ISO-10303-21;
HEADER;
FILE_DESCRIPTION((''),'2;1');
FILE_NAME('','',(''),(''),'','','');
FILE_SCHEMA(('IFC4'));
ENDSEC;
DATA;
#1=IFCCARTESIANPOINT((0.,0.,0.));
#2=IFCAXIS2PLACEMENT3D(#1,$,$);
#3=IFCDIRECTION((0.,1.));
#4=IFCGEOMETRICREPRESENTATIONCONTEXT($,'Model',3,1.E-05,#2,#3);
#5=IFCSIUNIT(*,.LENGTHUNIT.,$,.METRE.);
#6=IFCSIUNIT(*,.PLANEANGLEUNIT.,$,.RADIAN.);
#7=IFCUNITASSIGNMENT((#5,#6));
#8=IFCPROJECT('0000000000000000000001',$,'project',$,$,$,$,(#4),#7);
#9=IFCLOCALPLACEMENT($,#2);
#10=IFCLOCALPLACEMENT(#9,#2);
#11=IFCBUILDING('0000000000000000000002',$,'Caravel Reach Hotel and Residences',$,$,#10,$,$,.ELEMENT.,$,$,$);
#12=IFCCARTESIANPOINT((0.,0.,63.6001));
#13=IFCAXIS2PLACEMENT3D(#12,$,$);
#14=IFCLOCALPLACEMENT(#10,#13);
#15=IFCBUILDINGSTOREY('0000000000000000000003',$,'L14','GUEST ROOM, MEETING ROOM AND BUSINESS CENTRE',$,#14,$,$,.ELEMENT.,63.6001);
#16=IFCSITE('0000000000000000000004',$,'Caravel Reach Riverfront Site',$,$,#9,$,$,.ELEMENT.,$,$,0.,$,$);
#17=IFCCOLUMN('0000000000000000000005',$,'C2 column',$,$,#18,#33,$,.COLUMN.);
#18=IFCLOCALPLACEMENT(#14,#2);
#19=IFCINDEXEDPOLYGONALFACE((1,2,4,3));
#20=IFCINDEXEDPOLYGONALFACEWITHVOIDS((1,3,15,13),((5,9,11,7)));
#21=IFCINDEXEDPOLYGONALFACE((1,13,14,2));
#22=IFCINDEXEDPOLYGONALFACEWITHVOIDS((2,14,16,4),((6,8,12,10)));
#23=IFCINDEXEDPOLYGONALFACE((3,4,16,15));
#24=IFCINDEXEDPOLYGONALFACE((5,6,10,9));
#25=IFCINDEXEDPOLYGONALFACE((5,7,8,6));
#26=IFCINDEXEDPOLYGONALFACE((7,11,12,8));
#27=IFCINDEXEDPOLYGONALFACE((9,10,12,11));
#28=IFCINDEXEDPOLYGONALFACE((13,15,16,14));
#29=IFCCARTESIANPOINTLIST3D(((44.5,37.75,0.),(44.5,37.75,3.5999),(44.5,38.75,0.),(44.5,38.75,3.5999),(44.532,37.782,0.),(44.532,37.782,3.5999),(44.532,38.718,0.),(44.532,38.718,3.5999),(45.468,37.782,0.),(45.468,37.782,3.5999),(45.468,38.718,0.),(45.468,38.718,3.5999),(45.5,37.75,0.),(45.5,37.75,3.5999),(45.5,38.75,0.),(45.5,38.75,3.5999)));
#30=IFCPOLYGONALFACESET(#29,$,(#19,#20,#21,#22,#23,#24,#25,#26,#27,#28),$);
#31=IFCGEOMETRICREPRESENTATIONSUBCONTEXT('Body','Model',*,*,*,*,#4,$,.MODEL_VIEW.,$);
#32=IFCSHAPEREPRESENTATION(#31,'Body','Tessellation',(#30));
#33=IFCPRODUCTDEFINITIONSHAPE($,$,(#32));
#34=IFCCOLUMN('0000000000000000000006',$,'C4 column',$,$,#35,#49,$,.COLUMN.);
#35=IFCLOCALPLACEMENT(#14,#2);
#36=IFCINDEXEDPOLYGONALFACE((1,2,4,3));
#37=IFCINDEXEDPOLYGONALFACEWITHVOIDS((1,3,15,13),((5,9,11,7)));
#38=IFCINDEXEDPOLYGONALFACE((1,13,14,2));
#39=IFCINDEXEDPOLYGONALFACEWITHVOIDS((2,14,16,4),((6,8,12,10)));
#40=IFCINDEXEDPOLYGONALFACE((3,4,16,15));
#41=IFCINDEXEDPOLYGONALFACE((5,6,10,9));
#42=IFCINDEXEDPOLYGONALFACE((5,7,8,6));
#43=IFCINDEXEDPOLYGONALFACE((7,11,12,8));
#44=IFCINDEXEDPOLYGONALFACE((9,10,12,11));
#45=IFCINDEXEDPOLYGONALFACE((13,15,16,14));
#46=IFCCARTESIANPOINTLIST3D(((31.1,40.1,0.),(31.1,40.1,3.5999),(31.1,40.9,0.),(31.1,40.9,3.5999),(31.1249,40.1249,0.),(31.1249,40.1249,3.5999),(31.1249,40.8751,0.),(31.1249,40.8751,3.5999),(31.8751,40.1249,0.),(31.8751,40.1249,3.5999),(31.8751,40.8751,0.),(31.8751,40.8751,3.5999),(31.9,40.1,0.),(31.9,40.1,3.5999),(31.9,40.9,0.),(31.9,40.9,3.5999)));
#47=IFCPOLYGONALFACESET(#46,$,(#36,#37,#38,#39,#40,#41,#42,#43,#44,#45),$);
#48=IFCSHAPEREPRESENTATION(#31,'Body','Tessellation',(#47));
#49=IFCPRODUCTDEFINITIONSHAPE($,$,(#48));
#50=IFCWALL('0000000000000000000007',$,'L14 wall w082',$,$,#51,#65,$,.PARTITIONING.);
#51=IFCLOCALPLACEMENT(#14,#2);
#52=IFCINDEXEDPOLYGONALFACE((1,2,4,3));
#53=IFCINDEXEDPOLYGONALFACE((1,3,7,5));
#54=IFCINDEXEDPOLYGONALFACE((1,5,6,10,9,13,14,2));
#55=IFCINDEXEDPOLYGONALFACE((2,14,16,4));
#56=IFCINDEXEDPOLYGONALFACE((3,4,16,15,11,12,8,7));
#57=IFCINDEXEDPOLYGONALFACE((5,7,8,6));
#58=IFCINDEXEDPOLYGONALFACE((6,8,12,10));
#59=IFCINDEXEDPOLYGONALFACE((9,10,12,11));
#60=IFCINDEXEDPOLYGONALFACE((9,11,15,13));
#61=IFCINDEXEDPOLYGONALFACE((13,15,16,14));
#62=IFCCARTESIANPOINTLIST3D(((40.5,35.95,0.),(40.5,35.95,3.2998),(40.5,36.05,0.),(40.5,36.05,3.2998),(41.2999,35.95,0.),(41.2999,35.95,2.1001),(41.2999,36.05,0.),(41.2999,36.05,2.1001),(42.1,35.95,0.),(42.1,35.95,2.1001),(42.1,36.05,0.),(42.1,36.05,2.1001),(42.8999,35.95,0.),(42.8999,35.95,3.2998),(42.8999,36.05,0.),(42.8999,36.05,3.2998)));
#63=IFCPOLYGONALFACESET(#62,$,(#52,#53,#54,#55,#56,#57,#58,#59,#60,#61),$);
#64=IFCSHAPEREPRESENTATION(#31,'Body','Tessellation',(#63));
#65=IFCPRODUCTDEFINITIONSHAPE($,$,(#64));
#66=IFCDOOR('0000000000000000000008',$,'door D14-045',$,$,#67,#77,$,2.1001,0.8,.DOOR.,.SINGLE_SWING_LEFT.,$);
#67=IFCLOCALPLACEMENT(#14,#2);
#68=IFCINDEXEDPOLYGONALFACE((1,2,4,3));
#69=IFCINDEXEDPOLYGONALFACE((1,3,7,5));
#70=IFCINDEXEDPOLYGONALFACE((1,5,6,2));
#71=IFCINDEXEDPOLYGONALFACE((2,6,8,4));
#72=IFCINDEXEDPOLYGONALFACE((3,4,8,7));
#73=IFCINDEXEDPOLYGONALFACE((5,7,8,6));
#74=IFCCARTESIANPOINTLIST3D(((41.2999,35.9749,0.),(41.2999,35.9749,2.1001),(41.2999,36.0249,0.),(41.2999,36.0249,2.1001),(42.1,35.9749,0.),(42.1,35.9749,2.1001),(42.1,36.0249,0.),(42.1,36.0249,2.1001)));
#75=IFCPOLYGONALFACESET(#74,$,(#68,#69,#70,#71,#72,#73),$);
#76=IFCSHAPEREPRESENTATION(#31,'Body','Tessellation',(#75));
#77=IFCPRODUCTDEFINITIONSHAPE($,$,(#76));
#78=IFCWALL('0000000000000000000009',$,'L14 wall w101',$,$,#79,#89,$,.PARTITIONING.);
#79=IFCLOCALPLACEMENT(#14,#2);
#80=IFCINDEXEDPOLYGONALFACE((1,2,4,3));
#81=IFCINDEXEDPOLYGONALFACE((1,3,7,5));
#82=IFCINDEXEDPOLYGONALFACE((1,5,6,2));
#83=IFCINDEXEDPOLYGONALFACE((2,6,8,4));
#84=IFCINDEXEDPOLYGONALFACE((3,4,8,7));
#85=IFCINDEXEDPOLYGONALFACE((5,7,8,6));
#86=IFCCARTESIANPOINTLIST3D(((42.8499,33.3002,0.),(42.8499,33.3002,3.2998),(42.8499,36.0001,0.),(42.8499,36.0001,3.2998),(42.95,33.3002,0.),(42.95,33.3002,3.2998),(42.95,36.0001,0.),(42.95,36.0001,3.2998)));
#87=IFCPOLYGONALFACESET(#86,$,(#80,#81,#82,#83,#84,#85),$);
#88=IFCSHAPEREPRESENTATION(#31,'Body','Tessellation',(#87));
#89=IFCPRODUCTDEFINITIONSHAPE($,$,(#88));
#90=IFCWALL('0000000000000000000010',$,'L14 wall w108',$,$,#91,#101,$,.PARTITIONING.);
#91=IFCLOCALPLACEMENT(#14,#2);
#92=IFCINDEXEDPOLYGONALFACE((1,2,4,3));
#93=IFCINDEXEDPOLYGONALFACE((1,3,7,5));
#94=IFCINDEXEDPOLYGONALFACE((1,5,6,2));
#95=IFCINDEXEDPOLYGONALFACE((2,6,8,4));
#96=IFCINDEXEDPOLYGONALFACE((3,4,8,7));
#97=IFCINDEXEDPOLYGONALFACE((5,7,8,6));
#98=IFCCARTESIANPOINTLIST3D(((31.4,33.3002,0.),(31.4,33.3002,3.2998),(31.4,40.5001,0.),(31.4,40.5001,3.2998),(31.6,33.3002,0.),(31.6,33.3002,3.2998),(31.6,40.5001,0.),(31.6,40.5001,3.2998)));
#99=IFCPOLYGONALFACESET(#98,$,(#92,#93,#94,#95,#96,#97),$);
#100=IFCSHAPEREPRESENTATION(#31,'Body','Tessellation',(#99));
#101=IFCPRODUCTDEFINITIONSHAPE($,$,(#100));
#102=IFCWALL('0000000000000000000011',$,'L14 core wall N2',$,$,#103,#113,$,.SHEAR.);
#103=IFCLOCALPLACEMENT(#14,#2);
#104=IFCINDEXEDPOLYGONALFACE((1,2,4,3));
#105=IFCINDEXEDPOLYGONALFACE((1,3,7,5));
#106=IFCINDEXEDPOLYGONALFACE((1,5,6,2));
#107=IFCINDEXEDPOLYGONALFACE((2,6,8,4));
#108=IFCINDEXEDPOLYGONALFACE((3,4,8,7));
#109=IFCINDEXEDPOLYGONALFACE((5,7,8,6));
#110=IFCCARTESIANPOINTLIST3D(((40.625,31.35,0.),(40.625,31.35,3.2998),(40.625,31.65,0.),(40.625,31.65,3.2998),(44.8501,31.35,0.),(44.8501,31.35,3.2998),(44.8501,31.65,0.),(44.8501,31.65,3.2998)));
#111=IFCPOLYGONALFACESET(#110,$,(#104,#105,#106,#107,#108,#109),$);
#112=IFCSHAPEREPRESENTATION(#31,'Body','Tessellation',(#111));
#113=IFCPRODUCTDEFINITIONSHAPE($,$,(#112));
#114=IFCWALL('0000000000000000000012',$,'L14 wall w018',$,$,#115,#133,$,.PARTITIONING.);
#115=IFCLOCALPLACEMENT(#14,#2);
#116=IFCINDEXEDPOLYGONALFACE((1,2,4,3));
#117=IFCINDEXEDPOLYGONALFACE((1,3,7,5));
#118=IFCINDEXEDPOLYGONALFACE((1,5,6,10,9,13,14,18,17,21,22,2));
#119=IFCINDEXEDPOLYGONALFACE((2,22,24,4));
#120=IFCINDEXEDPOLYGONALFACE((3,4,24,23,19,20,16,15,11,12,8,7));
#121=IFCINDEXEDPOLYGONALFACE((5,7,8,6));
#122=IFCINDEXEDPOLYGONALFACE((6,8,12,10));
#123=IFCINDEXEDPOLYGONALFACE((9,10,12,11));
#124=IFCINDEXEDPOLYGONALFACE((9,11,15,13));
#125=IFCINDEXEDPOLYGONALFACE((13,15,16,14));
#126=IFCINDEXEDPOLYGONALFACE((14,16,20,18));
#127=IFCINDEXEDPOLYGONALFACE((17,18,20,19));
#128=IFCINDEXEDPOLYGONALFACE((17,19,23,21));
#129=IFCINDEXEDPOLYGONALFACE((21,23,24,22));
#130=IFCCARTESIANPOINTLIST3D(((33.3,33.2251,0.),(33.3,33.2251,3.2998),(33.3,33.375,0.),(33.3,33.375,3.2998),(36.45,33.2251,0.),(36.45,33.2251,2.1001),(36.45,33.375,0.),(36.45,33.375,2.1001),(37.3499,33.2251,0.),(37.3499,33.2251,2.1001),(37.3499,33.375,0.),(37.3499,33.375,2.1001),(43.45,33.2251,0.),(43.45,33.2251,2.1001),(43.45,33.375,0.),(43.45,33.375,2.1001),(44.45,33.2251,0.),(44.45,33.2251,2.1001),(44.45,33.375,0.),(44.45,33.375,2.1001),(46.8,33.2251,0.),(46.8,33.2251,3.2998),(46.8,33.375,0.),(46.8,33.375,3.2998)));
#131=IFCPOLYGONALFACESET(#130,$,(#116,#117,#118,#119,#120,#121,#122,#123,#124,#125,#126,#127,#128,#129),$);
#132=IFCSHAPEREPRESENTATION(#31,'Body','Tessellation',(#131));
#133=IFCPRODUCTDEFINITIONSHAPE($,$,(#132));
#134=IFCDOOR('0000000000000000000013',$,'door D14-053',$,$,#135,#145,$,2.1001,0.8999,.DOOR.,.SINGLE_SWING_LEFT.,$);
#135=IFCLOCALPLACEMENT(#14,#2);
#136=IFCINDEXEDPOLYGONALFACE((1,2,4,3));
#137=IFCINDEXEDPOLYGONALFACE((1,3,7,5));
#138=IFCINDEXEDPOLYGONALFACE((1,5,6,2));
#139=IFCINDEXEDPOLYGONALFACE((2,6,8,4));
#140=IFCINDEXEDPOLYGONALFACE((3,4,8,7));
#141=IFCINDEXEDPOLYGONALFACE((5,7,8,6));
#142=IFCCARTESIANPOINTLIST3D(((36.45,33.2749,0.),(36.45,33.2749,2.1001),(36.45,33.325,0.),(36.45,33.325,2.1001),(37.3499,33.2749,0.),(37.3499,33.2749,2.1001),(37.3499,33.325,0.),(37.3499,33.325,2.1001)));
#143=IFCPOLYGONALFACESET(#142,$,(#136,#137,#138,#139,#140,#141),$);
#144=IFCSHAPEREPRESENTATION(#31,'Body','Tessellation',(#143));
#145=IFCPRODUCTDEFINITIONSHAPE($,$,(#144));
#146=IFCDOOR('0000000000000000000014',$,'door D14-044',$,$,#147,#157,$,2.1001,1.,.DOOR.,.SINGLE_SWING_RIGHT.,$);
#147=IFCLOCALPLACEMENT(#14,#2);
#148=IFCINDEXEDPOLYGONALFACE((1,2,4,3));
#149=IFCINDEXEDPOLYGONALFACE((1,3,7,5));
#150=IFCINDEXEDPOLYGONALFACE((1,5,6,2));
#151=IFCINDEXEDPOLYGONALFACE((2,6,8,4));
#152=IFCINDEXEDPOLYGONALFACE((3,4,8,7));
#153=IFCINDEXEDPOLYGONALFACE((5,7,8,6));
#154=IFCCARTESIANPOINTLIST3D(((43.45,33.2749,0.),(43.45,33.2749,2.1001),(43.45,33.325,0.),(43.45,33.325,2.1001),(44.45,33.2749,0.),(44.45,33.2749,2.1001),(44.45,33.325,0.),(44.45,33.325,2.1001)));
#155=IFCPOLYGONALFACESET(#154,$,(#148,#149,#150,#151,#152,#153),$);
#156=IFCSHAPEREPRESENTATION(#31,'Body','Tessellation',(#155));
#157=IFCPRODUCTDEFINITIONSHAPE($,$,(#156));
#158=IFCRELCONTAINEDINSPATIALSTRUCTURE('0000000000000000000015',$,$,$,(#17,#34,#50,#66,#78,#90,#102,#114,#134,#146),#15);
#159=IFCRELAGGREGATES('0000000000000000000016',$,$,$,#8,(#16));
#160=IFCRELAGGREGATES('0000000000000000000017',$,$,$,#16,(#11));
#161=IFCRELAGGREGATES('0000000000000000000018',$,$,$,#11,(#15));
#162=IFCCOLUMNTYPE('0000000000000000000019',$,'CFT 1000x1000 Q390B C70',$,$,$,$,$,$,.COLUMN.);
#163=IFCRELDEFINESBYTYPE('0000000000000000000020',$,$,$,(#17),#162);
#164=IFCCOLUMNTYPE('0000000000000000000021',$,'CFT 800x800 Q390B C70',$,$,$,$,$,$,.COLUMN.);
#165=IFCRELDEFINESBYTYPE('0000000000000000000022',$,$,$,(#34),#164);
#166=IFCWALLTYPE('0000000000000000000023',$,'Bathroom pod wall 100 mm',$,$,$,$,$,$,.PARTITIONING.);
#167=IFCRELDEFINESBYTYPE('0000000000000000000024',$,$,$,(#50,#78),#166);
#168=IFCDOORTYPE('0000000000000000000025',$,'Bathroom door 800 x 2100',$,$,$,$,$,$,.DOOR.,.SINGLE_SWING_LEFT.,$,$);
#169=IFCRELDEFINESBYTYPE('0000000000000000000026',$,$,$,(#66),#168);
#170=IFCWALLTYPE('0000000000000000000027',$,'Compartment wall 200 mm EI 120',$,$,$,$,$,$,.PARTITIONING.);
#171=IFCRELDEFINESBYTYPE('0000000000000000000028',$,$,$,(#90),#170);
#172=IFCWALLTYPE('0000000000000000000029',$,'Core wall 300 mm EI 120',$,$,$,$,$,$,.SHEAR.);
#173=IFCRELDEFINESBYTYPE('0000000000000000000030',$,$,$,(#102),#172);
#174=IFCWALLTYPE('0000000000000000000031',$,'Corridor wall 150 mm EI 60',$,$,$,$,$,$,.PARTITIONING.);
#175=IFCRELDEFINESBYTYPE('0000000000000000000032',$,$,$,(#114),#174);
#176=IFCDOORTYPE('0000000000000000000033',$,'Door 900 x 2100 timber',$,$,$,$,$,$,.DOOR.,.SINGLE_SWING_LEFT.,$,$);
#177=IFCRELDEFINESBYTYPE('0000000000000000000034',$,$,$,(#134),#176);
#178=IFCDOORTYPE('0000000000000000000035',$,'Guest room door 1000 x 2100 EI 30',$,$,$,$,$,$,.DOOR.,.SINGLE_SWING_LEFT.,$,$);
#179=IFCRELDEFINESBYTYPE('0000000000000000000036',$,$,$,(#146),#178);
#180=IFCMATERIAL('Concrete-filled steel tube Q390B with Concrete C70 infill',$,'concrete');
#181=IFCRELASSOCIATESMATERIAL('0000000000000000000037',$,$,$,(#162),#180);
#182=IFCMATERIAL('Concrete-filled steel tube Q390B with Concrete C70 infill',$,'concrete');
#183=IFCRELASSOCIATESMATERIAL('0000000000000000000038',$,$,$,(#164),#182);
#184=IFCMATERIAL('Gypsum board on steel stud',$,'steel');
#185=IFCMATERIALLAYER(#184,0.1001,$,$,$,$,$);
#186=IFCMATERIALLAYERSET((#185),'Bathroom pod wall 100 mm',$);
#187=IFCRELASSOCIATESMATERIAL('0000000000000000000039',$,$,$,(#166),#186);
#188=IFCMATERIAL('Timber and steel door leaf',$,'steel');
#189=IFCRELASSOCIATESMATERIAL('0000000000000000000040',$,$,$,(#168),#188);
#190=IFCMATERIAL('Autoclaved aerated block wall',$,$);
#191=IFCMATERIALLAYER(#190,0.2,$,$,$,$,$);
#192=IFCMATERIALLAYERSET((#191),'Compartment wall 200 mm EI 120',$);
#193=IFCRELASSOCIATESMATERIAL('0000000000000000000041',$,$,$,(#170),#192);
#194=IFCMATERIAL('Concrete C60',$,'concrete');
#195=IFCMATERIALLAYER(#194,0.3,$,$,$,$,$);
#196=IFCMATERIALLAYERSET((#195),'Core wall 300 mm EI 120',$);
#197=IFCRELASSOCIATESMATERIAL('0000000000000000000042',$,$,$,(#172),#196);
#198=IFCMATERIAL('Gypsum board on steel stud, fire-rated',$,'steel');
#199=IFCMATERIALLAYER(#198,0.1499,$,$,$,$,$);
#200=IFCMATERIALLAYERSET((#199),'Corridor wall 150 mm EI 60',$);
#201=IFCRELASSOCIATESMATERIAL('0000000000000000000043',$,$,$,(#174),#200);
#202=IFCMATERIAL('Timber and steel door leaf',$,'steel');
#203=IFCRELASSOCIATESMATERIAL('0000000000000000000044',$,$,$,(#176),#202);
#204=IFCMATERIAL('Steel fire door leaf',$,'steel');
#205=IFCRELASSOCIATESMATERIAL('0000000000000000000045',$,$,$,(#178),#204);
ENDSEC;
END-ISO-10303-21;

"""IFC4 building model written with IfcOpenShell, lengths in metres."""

from ifc_helpers import new_model, si_unit, direction, frame, frame_2d, origin, origin_2d, place, context, subcontext, project, spatial, rectangle, hollow_rectangle, extrude, material, layer, layer_set, material_profile, profile_set, type_object, element, fill, save


model = new_model("IFC4")

# Units and contexts
model_context = context("Model", 3, precision=1e-05, world=origin(), true_north=direction((0.0, 1.0)))
body_context = subcontext(model_context, "Body", "Model", "MODEL_VIEW")
ifc_project = project(units=[si_unit("LENGTHUNIT", "METRE"), si_unit("PLANEANGLEUNIT", "RADIAN")], contexts=[model_context])

# Site, building, storey
site_placement = place(None, origin())
site = spatial("IfcSite", under=ifc_project, at=site_placement, Name="Caravel Reach Riverfront Site", CompositionType="ELEMENT", RefElevation=0.0)
building_placement = place(site_placement, origin())
building = spatial("IfcBuilding", under=site, at=building_placement, Name="Caravel Reach Hotel and Residences", CompositionType="ELEMENT")
storey_placement = place(building_placement, frame((0.0, 0.0, 63.6001)))
storey = spatial("IfcBuildingStorey", under=building, at=storey_placement, Name="L14", Description="GUEST ROOM, MEETING ROOM AND BUSINESS CENTRE", CompositionType="ELEMENT", Elevation=63.6001)

# Columns
ifc_material_1 = material(Name="Concrete-filled steel tube Q390B with Concrete C70 infill", Category="concrete")
ifc_material_profile_1 = material_profile(ifc_material_1, hollow_rectangle(XDim=1.0, YDim=1.0, WallThickness=0.032, at=origin_2d()), Name="RHS 1000x1000x32")
ifc_profile_set_1 = profile_set([ifc_material_profile_1], Name="Concrete-filled steel tube Q390B with Concrete C70 infill")
column_type_1 = type_object("IfcColumnType", Name="CFT 1000x1000 Q390B C70", PredefinedType="COLUMN", material=ifc_profile_set_1)
column_1_placement = place(storey_placement, frame((45.0, 38.25, 0.0), z_axis=(0.0, 0.0, 1.0), x_axis=(1.0, 0.0, 0.0)))
element("IfcColumn", 1, at=column_1_placement, inside=storey, type_object=column_type_1, Name="C2 column", PredefinedType="COLUMN", context=body_context, shape_type="SweptSolid", body=[
    extrude(hollow_rectangle(XDim=1.0, YDim=1.0, WallThickness=0.032, at=origin_2d()), origin(), (0.0, 0.0, 1.0), 3.5999),
])
ifc_material_2 = material(Name="Concrete-filled steel tube Q390B with Concrete C70 infill", Category="concrete")
ifc_material_profile_2 = material_profile(ifc_material_2, hollow_rectangle(XDim=0.8, YDim=0.8, WallThickness=0.0249, at=origin_2d()), Name="RHS 800x800x25")
ifc_profile_set_2 = profile_set([ifc_material_profile_2], Name="Concrete-filled steel tube Q390B with Concrete C70 infill")
column_type_2 = type_object("IfcColumnType", Name="CFT 800x800 Q390B C70", PredefinedType="COLUMN", material=ifc_profile_set_2)
column_2_placement = place(storey_placement, frame((31.5, 40.5, 0.0), z_axis=(0.0, 0.0, 1.0), x_axis=(1.0, 0.0, 0.0)))
element("IfcColumn", 2, at=column_2_placement, inside=storey, type_object=column_type_2, Name="C4 column", PredefinedType="COLUMN", context=body_context, shape_type="SweptSolid", body=[
    extrude(hollow_rectangle(XDim=0.8, YDim=0.8, WallThickness=0.0249, at=origin_2d()), origin(), (0.0, 0.0, 1.0), 3.5999),
])

# Wall, opening, door
ifc_material_3 = material(Name="Gypsum board on steel stud", Category="steel")
ifc_layer_1 = layer(ifc_material_3, 0.1001)
ifc_layer_set_1 = layer_set([ifc_layer_1], Name="Bathroom pod wall 100 mm")
wall_type_1 = type_object("IfcWallType", Name="Bathroom pod wall 100 mm", PredefinedType="PARTITIONING", material=ifc_layer_set_1)
wall_1_placement = place(storey_placement, frame((40.5, 36.0, 0.0), z_axis=(0.0, 0.0, 1.0), x_axis=(1.0, 0.0, 0.0)))
wall_1 = element("IfcWall", 3, at=wall_1_placement, inside=storey, type_object=wall_type_1, Name="L14 wall w082", PredefinedType="PARTITIONING", context=body_context, shape_type="SweptSolid", body=[
    extrude(rectangle(XDim=2.3999, YDim=0.1001, at=frame_2d((1.2, 0.0))), origin(), (0.0, 0.0, 1.0), 3.2998),
])
opening_1_placement = place(wall_1_placement, frame((0.8, 0.0, 0.0)))
opening_1 = element("IfcOpeningElement", 4, at=opening_1_placement, cuts=wall_1, PredefinedType="OPENING", context=body_context, shape_type="SweptSolid", body=[
    extrude(rectangle(XDim=0.8, YDim=2.1001, at=frame_2d((0.3999, 1.05))), frame((0.0, 0.0601, 0.0), z_axis=(0.0, -1.0, 0.0), x_axis=(1.0, 0.0, 0.0)), (0.0, 0.0, 1.0), 0.1201),
])
ifc_material_4 = material(Name="Timber and steel door leaf", Category="steel")
door_type_1 = type_object("IfcDoorType", Name="Bathroom door 800 x 2100", OperationType="SINGLE_SWING_LEFT", PredefinedType="DOOR", material=ifc_material_4)
door_1_placement = place(opening_1_placement, origin())
door_1 = element("IfcDoor", 5, at=door_1_placement, inside=storey, type_object=door_type_1, Name="door D14-045", OperationType="SINGLE_SWING_LEFT", OverallHeight=2.1001, OverallWidth=0.8, PredefinedType="DOOR", context=body_context, shape_type="SweptSolid", body=[
    extrude(rectangle(XDim=0.8, YDim=2.1001, at=frame_2d((0.3999, 1.05))), frame((0.0, 0.0249, 0.0), z_axis=(0.0, -1.0, 0.0), x_axis=(1.0, 0.0, 0.0)), (0.0, 0.0, 1.0), 0.05),
])
fill(opening_1, door_1)

# Walls
wall_2_placement = place(storey_placement, frame((42.8999, 33.3, 0.0), z_axis=(0.0, 0.0, 1.0), x_axis=(0.0, 1.0, 0.0)))
element("IfcWall", 6, at=wall_2_placement, inside=storey, type_object=wall_type_1, Name="L14 wall w101", PredefinedType="PARTITIONING", context=body_context, shape_type="SweptSolid", body=[
    extrude(rectangle(XDim=2.7, YDim=0.1001, at=frame_2d((1.3501, 0.0))), origin(), (0.0, 0.0, 1.0), 3.2998),
])
ifc_material_5 = material(Name="Autoclaved aerated block wall")
ifc_layer_2 = layer(ifc_material_5, 0.2)
ifc_layer_set_2 = layer_set([ifc_layer_2], Name="Compartment wall 200 mm EI 120")
wall_type_2 = type_object("IfcWallType", Name="Compartment wall 200 mm EI 120", PredefinedType="PARTITIONING", material=ifc_layer_set_2)
wall_3_placement = place(storey_placement, frame((31.5, 33.3, 0.0), z_axis=(0.0, 0.0, 1.0), x_axis=(0.0, 1.0, 0.0)))
element("IfcWall", 7, at=wall_3_placement, inside=storey, type_object=wall_type_2, Name="L14 wall w108", PredefinedType="PARTITIONING", context=body_context, shape_type="SweptSolid", body=[
    extrude(rectangle(XDim=7.2, YDim=0.2, at=frame_2d((3.6001, 0.0))), origin(), (0.0, 0.0, 1.0), 3.2998),
])
ifc_material_6 = material(Name="Concrete C60", Category="concrete")
ifc_layer_3 = layer(ifc_material_6, 0.3)
ifc_layer_set_3 = layer_set([ifc_layer_3], Name="Core wall 300 mm EI 120")
wall_type_3 = type_object("IfcWallType", Name="Core wall 300 mm EI 120", PredefinedType="SHEAR", material=ifc_layer_set_3)
wall_4_placement = place(storey_placement, frame((40.625, 31.5, 0.0), z_axis=(0.0, 0.0, 1.0), x_axis=(1.0, 0.0, 0.0)))
element("IfcWall", 8, at=wall_4_placement, inside=storey, type_object=wall_type_3, Name="L14 core wall N2", PredefinedType="SHEAR", context=body_context, shape_type="SweptSolid", body=[
    extrude(rectangle(XDim=4.2251, YDim=0.3, at=frame_2d((2.1125, 0.0))), origin(), (0.0, 0.0, 1.0), 3.2998),
])

# Wall, openings, doors
ifc_material_7 = material(Name="Gypsum board on steel stud, fire-rated", Category="steel")
ifc_layer_4 = layer(ifc_material_7, 0.1499)
ifc_layer_set_4 = layer_set([ifc_layer_4], Name="Corridor wall 150 mm EI 60")
wall_type_4 = type_object("IfcWallType", Name="Corridor wall 150 mm EI 60", PredefinedType="PARTITIONING", material=ifc_layer_set_4)
wall_5_placement = place(storey_placement, frame((33.3, 33.3, 0.0), z_axis=(0.0, 0.0, 1.0), x_axis=(1.0, 0.0, 0.0)))
wall_5 = element("IfcWall", 9, at=wall_5_placement, inside=storey, type_object=wall_type_4, Name="L14 wall w018", PredefinedType="PARTITIONING", context=body_context, shape_type="SweptSolid", body=[
    extrude(rectangle(XDim=13.5, YDim=0.1499, at=frame_2d((6.75, 0.0))), origin(), (0.0, 0.0, 1.0), 3.2998),
])
opening_2_placement = place(wall_5_placement, frame((10.1499, 0.0, 0.0)))
opening_2 = element("IfcOpeningElement", 10, at=opening_2_placement, cuts=wall_5, PredefinedType="OPENING", context=body_context, shape_type="SweptSolid", body=[
    extrude(rectangle(XDim=1.0, YDim=2.1001, at=frame_2d((0.5, 1.05))), frame((0.0, 0.085, 0.0), z_axis=(0.0, -1.0, 0.0), x_axis=(1.0, 0.0, 0.0)), (0.0, 0.0, 1.0), 0.1699),
])
opening_3_placement = place(wall_5_placement, frame((3.1499, 0.0, 0.0)))
opening_3 = element("IfcOpeningElement", 11, at=opening_3_placement, cuts=wall_5, PredefinedType="OPENING", context=body_context, shape_type="SweptSolid", body=[
    extrude(rectangle(XDim=0.8999, YDim=2.1001, at=frame_2d((0.45, 1.05))), frame((0.0, 0.085, 0.0), z_axis=(0.0, -1.0, 0.0), x_axis=(1.0, 0.0, 0.0)), (0.0, 0.0, 1.0), 0.1699),
])
ifc_material_8 = material(Name="Timber and steel door leaf", Category="steel")
door_type_2 = type_object("IfcDoorType", Name="Door 900 x 2100 timber", OperationType="SINGLE_SWING_LEFT", PredefinedType="DOOR", material=ifc_material_8)
door_2_placement = place(opening_3_placement, origin())
door_2 = element("IfcDoor", 12, at=door_2_placement, inside=storey, type_object=door_type_2, Name="door D14-053", OperationType="SINGLE_SWING_LEFT", OverallHeight=2.1001, OverallWidth=0.8999, PredefinedType="DOOR", context=body_context, shape_type="SweptSolid", body=[
    extrude(rectangle(XDim=0.8999, YDim=2.1001, at=frame_2d((0.45, 1.05))), frame((0.0, 0.0249, 0.0), z_axis=(0.0, -1.0, 0.0), x_axis=(1.0, 0.0, 0.0)), (0.0, 0.0, 1.0), 0.05),
])
fill(opening_3, door_2)
ifc_material_9 = material(Name="Steel fire door leaf", Category="steel")
door_type_3 = type_object("IfcDoorType", Name="Guest room door 1000 x 2100 EI 30", OperationType="SINGLE_SWING_LEFT", PredefinedType="DOOR", material=ifc_material_9)
door_3_placement = place(opening_2_placement, origin())
door_3 = element("IfcDoor", 13, at=door_3_placement, inside=storey, type_object=door_type_3, Name="door D14-044", OperationType="SINGLE_SWING_RIGHT", OverallHeight=2.1001, OverallWidth=1.0, PredefinedType="DOOR", context=body_context, shape_type="SweptSolid", body=[
    extrude(rectangle(XDim=1.0, YDim=2.1001, at=frame_2d((0.5, 1.05))), frame((0.0, 0.0249, 0.0), z_axis=(0.0, -1.0, 0.0), x_axis=(1.0, 0.0, 0.0)), (0.0, 0.0, 1.0), 0.05),
])
fill(opening_2, door_3)

save(model, "model.ifc")
